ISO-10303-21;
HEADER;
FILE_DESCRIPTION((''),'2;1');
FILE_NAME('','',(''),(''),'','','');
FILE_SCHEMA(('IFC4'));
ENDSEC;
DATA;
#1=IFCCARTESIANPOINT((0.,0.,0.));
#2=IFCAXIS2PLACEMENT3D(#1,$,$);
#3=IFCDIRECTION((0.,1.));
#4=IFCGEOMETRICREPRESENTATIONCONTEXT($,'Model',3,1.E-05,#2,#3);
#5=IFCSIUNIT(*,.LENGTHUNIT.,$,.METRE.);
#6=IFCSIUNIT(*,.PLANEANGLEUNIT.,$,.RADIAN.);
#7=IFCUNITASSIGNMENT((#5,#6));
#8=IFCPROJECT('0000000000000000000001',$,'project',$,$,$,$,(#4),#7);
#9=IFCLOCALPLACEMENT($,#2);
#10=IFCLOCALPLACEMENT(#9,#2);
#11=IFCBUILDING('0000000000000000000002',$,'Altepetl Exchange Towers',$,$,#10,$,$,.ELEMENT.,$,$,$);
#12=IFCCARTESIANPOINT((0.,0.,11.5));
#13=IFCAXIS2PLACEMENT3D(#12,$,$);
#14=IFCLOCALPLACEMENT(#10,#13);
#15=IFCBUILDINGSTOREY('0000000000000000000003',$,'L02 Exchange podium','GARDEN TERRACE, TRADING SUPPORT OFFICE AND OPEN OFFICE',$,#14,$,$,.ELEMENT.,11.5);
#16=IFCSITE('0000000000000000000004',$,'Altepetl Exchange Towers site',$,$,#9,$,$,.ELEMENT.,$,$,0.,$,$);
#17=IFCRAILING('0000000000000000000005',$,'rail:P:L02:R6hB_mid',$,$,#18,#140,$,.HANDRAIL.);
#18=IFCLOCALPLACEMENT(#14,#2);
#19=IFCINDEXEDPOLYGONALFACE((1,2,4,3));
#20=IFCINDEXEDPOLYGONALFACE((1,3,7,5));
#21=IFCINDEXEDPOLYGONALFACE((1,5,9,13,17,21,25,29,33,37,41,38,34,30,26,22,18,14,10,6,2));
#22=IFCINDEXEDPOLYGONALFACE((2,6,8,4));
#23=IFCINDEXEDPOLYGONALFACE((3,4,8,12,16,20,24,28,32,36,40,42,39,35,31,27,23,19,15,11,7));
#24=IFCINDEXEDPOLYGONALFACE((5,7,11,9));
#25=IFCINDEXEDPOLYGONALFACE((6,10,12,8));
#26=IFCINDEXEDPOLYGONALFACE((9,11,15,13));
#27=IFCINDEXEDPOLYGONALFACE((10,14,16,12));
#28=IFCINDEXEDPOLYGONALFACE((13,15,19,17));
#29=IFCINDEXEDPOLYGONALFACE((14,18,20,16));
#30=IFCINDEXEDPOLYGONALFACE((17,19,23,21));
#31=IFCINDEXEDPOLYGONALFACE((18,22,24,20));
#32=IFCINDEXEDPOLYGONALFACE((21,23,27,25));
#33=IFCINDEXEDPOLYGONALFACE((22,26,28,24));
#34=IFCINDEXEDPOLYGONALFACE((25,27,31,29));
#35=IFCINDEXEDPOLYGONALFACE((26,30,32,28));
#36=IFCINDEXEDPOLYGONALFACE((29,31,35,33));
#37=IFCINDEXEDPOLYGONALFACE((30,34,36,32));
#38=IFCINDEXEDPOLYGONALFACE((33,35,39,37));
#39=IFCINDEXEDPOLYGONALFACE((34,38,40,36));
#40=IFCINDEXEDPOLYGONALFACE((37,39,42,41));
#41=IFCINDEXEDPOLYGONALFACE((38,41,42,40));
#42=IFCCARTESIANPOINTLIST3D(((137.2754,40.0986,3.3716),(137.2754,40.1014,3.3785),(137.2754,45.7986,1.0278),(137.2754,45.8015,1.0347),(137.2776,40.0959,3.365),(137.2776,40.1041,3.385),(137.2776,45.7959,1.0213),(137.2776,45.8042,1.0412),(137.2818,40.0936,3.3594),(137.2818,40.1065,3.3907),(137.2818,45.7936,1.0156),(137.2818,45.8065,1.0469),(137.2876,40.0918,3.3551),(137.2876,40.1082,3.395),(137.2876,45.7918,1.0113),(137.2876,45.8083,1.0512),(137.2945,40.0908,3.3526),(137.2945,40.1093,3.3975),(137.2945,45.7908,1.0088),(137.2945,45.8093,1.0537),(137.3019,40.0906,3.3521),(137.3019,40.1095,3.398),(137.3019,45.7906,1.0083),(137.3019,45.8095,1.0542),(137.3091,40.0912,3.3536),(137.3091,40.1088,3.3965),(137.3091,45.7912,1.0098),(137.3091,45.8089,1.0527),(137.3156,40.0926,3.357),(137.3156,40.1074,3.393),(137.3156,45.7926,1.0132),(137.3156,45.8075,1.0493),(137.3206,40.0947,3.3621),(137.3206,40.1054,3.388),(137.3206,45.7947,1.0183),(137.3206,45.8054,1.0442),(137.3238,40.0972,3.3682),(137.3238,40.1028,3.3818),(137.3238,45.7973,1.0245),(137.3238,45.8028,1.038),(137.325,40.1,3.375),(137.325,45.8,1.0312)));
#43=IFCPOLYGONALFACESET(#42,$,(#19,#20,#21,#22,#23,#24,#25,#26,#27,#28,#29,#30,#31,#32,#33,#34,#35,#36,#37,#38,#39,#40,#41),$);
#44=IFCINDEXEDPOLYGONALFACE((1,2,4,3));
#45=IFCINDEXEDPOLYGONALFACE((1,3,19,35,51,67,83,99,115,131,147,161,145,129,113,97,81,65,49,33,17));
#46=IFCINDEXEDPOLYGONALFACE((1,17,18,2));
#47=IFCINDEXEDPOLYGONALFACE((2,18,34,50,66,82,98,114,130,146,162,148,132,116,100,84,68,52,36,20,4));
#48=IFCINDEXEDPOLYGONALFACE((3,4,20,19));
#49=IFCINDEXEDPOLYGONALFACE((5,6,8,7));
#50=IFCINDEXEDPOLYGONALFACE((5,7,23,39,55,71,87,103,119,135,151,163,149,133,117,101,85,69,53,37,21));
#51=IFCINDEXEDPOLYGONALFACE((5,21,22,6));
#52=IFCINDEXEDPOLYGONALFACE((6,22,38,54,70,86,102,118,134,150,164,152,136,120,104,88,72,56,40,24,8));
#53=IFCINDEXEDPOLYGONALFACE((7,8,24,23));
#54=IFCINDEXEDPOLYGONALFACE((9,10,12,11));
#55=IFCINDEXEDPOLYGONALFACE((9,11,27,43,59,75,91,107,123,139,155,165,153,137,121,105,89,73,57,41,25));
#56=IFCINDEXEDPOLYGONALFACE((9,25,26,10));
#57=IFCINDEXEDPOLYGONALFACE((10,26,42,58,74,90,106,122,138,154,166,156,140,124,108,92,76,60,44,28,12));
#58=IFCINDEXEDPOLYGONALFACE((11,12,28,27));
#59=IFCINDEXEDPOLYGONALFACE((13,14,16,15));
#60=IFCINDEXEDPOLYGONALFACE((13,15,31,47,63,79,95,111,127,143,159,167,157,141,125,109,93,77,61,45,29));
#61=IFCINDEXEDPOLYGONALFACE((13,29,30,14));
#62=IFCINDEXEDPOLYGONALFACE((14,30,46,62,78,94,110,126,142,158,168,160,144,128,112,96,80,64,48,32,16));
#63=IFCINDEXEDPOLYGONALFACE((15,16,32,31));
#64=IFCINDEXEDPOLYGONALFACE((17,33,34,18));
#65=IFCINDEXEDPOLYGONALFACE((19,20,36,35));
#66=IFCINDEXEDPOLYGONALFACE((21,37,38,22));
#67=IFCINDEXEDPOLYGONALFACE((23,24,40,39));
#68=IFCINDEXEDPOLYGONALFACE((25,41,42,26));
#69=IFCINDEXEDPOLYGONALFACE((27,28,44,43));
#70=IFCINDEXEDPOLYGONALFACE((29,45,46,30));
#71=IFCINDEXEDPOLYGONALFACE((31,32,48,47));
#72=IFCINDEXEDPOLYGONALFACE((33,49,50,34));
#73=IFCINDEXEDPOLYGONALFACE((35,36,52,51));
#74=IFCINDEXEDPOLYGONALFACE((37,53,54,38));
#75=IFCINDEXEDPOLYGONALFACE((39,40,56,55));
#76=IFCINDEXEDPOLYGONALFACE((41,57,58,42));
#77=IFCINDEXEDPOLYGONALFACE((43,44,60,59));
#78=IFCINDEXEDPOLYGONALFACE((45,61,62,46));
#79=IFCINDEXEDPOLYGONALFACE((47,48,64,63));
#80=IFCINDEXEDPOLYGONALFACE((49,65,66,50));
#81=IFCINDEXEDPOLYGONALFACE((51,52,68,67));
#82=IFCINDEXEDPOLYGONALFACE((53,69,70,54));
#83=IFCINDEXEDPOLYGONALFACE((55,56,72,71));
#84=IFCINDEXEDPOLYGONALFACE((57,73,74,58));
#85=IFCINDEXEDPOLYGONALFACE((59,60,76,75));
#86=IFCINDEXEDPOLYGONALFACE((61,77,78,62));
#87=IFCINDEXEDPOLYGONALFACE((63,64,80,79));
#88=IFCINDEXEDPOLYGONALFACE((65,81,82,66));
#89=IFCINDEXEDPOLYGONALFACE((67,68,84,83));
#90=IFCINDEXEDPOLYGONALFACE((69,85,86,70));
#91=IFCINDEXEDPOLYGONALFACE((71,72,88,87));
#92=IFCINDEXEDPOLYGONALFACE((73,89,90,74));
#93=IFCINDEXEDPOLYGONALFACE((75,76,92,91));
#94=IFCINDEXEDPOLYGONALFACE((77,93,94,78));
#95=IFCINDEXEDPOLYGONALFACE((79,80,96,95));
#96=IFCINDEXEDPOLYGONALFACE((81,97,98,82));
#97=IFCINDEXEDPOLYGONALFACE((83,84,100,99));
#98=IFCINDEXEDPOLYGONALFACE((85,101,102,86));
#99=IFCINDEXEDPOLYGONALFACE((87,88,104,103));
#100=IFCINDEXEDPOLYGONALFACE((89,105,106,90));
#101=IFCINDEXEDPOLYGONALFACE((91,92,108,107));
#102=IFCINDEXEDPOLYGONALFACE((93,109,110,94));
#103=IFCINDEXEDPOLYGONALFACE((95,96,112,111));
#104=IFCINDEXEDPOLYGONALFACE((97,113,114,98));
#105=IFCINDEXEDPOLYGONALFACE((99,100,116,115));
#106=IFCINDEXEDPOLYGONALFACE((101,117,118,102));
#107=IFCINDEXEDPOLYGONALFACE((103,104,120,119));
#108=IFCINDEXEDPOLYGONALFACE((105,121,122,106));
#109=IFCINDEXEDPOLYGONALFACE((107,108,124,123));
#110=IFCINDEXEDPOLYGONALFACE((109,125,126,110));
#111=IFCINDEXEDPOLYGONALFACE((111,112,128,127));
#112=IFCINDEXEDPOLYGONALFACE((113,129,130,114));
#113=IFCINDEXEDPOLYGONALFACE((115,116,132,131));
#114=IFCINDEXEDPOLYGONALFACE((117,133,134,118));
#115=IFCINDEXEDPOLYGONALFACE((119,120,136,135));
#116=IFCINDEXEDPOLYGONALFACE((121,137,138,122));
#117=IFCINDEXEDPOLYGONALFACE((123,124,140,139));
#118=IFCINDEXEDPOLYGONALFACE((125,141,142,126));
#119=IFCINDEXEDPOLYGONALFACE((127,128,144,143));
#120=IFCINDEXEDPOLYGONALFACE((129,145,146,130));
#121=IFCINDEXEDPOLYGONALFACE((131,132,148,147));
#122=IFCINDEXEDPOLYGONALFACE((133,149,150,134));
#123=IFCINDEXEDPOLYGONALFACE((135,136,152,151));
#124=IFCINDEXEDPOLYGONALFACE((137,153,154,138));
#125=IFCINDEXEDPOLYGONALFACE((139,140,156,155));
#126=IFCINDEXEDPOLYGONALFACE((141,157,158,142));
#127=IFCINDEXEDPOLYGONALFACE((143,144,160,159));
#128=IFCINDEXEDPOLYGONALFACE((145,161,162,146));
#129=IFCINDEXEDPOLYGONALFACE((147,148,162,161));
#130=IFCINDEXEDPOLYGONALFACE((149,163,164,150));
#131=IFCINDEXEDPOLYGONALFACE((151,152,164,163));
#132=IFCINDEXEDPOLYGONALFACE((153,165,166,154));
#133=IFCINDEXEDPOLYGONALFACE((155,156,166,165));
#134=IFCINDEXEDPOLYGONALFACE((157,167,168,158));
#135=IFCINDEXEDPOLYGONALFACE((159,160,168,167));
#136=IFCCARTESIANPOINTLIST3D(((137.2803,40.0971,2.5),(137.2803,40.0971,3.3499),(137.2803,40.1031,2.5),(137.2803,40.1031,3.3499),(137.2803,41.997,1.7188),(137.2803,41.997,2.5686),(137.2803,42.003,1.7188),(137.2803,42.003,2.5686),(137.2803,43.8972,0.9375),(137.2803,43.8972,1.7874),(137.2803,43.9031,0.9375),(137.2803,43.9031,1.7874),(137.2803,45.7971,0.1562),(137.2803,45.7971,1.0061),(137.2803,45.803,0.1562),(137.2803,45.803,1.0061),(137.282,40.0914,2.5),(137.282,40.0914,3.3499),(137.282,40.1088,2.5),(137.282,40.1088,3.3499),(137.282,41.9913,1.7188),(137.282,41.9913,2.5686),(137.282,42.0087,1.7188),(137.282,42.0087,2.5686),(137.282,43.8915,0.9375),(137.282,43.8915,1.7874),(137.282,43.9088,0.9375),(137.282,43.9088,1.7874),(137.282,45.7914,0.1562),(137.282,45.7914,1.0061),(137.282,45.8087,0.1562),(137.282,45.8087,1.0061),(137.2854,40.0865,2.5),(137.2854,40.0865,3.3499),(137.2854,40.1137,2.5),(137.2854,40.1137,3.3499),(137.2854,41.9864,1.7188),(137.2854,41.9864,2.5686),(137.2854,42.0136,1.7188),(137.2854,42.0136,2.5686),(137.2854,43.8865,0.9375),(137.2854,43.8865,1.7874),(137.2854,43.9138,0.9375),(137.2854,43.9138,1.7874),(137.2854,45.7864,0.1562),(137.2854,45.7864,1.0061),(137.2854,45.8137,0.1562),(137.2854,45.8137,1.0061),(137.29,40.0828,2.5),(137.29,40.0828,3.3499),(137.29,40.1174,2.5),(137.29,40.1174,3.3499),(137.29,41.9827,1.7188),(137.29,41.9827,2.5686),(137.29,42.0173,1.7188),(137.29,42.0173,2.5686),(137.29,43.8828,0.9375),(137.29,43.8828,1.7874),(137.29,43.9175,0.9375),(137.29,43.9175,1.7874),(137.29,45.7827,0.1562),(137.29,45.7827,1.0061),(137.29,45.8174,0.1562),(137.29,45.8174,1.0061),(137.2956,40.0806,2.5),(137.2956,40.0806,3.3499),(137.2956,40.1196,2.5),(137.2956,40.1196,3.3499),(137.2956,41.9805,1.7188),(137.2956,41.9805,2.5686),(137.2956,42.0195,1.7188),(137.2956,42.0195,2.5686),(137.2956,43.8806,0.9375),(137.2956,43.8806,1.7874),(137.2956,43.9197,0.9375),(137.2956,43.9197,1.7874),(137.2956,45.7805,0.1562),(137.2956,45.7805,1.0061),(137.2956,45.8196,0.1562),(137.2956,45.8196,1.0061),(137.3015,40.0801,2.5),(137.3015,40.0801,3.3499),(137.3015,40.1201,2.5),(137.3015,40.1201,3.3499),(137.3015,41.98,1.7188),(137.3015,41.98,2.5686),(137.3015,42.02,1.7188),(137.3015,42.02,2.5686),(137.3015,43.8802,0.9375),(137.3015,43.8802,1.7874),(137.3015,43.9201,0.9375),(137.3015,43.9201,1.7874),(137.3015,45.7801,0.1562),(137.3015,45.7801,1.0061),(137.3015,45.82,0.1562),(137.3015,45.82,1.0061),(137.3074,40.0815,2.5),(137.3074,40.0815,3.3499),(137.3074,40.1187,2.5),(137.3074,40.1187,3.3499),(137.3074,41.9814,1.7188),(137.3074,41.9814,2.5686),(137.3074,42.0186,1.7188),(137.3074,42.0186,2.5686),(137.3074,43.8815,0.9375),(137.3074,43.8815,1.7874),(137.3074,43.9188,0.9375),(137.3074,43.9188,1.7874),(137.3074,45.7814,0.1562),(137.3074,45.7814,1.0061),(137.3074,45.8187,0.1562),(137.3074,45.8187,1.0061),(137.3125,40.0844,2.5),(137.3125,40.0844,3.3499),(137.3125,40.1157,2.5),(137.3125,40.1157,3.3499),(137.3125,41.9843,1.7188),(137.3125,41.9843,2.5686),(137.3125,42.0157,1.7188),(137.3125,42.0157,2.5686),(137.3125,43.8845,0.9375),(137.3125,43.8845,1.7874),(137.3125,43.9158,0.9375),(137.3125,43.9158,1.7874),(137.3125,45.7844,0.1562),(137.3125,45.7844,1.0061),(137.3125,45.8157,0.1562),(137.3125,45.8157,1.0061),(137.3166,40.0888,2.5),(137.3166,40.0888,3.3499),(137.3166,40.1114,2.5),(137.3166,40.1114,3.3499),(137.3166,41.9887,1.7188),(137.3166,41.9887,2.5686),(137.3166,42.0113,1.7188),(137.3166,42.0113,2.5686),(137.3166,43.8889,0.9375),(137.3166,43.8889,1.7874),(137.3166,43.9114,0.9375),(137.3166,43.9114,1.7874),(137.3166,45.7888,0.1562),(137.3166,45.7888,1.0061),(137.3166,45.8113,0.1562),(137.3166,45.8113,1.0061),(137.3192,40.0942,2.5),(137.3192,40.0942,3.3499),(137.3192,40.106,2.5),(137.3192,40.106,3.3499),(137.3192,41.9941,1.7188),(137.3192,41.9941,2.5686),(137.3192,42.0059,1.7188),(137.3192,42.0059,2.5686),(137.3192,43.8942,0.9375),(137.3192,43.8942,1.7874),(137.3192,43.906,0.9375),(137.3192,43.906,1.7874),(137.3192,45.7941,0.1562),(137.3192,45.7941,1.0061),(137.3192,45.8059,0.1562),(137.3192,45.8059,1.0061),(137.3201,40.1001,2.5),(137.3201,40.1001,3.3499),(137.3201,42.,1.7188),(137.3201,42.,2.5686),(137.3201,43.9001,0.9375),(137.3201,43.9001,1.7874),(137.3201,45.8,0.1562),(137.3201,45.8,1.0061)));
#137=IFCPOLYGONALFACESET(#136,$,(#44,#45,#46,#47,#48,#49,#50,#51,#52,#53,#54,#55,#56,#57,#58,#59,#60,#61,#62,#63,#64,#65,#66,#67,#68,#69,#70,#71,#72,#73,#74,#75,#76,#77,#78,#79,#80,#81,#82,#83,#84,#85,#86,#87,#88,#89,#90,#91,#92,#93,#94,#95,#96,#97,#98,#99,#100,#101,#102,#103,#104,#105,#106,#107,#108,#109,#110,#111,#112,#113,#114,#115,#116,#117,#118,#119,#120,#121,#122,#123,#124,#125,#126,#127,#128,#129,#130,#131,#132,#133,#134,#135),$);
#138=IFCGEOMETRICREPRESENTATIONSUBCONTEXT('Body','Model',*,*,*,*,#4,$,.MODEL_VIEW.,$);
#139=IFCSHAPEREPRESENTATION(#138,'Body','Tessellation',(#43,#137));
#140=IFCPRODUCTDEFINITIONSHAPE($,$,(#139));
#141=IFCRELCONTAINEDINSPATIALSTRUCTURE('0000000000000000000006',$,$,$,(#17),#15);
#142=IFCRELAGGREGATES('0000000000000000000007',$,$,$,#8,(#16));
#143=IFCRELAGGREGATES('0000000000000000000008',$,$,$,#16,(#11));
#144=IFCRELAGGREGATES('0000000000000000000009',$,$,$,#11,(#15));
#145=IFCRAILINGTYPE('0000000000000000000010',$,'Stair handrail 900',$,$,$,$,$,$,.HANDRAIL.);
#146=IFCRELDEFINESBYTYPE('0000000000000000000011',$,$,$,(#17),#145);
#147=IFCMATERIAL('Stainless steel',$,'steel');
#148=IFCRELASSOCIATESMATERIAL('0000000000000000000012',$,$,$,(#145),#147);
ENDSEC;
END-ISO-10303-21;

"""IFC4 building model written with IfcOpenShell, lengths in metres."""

from ifc_helpers import new_model, si_unit, direction, frame, origin, origin_2d, place, context, subcontext, project, spatial, circle, extrude, source, transform, mapped, material, type_object, element, save


model = new_model("IFC4")

# Units and contexts
model_context = context("Model", 3, precision=1e-05, world=origin(), true_north=direction((0.0, 1.0)))
body_context = subcontext(model_context, "Body", "Model", "MODEL_VIEW")
ifc_project = project(units=[si_unit("LENGTHUNIT", "METRE"), si_unit("PLANEANGLEUNIT", "RADIAN")], contexts=[model_context])

# Site, building, storey
site_placement = place(None, origin())
site = spatial("IfcSite", under=ifc_project, at=site_placement, Name="Altepetl Exchange Towers site", CompositionType="ELEMENT", RefElevation=0.0)
building_placement = place(site_placement, origin())
building = spatial("IfcBuilding", under=site, at=building_placement, Name="Altepetl Exchange Towers", CompositionType="ELEMENT")
storey_placement = place(building_placement, frame((0.0, 0.0, 11.5)))
storey = spatial("IfcBuildingStorey", under=building, at=storey_placement, Name="L02 Exchange podium", Description="GARDEN TERRACE, TRADING SUPPORT OFFICE AND OPEN OFFICE", CompositionType="ELEMENT", Elevation=11.5)

# Railing
ifc_material_1 = material(Name="Stainless steel", Category="steel")
railing_type_1 = type_object("IfcRailingType", Name="Stair handrail 900", PredefinedType="HANDRAIL", material=ifc_material_1)
shared_shape_1 = source(origin(), body_context, "Body", "SweptSolid", [
    extrude(circle(Radius=0.02, at=origin_2d()), origin(), (0.0, 0.0, 1.0), 0.8499),
])
for number, where, name in (
    (1, (137.3, 45.8, 0.1562), "rail:P:L02:R6hB_mid"),
):
    element("IfcRailing", number, at=place(storey_placement, frame(where)), inside=storey, type_object=railing_type_1, Name=name, PredefinedType="HANDRAIL", context=body_context, shape_type="SweptSolid", body=[
        extrude(circle(Radius=0.0249, at=origin_2d()), frame((0.0, 0.0, 0.875), z_axis=(0.0, -0.924866, 0.380293), x_axis=(1.0, 0.0, 0.0)), (0.0, 0.0, 1.0), 6.1631),
        mapped(shared_shape_1, transform((0.0, 0.0, 0.0))),
        mapped(shared_shape_1, transform((0.0, -1.8999, 0.7812))),
        mapped(shared_shape_1, transform((0.0, -3.8, 1.5625))),
        mapped(shared_shape_1, transform((0.0, -5.7, 2.3438))),
    ])

save(model, "model.ifc")
